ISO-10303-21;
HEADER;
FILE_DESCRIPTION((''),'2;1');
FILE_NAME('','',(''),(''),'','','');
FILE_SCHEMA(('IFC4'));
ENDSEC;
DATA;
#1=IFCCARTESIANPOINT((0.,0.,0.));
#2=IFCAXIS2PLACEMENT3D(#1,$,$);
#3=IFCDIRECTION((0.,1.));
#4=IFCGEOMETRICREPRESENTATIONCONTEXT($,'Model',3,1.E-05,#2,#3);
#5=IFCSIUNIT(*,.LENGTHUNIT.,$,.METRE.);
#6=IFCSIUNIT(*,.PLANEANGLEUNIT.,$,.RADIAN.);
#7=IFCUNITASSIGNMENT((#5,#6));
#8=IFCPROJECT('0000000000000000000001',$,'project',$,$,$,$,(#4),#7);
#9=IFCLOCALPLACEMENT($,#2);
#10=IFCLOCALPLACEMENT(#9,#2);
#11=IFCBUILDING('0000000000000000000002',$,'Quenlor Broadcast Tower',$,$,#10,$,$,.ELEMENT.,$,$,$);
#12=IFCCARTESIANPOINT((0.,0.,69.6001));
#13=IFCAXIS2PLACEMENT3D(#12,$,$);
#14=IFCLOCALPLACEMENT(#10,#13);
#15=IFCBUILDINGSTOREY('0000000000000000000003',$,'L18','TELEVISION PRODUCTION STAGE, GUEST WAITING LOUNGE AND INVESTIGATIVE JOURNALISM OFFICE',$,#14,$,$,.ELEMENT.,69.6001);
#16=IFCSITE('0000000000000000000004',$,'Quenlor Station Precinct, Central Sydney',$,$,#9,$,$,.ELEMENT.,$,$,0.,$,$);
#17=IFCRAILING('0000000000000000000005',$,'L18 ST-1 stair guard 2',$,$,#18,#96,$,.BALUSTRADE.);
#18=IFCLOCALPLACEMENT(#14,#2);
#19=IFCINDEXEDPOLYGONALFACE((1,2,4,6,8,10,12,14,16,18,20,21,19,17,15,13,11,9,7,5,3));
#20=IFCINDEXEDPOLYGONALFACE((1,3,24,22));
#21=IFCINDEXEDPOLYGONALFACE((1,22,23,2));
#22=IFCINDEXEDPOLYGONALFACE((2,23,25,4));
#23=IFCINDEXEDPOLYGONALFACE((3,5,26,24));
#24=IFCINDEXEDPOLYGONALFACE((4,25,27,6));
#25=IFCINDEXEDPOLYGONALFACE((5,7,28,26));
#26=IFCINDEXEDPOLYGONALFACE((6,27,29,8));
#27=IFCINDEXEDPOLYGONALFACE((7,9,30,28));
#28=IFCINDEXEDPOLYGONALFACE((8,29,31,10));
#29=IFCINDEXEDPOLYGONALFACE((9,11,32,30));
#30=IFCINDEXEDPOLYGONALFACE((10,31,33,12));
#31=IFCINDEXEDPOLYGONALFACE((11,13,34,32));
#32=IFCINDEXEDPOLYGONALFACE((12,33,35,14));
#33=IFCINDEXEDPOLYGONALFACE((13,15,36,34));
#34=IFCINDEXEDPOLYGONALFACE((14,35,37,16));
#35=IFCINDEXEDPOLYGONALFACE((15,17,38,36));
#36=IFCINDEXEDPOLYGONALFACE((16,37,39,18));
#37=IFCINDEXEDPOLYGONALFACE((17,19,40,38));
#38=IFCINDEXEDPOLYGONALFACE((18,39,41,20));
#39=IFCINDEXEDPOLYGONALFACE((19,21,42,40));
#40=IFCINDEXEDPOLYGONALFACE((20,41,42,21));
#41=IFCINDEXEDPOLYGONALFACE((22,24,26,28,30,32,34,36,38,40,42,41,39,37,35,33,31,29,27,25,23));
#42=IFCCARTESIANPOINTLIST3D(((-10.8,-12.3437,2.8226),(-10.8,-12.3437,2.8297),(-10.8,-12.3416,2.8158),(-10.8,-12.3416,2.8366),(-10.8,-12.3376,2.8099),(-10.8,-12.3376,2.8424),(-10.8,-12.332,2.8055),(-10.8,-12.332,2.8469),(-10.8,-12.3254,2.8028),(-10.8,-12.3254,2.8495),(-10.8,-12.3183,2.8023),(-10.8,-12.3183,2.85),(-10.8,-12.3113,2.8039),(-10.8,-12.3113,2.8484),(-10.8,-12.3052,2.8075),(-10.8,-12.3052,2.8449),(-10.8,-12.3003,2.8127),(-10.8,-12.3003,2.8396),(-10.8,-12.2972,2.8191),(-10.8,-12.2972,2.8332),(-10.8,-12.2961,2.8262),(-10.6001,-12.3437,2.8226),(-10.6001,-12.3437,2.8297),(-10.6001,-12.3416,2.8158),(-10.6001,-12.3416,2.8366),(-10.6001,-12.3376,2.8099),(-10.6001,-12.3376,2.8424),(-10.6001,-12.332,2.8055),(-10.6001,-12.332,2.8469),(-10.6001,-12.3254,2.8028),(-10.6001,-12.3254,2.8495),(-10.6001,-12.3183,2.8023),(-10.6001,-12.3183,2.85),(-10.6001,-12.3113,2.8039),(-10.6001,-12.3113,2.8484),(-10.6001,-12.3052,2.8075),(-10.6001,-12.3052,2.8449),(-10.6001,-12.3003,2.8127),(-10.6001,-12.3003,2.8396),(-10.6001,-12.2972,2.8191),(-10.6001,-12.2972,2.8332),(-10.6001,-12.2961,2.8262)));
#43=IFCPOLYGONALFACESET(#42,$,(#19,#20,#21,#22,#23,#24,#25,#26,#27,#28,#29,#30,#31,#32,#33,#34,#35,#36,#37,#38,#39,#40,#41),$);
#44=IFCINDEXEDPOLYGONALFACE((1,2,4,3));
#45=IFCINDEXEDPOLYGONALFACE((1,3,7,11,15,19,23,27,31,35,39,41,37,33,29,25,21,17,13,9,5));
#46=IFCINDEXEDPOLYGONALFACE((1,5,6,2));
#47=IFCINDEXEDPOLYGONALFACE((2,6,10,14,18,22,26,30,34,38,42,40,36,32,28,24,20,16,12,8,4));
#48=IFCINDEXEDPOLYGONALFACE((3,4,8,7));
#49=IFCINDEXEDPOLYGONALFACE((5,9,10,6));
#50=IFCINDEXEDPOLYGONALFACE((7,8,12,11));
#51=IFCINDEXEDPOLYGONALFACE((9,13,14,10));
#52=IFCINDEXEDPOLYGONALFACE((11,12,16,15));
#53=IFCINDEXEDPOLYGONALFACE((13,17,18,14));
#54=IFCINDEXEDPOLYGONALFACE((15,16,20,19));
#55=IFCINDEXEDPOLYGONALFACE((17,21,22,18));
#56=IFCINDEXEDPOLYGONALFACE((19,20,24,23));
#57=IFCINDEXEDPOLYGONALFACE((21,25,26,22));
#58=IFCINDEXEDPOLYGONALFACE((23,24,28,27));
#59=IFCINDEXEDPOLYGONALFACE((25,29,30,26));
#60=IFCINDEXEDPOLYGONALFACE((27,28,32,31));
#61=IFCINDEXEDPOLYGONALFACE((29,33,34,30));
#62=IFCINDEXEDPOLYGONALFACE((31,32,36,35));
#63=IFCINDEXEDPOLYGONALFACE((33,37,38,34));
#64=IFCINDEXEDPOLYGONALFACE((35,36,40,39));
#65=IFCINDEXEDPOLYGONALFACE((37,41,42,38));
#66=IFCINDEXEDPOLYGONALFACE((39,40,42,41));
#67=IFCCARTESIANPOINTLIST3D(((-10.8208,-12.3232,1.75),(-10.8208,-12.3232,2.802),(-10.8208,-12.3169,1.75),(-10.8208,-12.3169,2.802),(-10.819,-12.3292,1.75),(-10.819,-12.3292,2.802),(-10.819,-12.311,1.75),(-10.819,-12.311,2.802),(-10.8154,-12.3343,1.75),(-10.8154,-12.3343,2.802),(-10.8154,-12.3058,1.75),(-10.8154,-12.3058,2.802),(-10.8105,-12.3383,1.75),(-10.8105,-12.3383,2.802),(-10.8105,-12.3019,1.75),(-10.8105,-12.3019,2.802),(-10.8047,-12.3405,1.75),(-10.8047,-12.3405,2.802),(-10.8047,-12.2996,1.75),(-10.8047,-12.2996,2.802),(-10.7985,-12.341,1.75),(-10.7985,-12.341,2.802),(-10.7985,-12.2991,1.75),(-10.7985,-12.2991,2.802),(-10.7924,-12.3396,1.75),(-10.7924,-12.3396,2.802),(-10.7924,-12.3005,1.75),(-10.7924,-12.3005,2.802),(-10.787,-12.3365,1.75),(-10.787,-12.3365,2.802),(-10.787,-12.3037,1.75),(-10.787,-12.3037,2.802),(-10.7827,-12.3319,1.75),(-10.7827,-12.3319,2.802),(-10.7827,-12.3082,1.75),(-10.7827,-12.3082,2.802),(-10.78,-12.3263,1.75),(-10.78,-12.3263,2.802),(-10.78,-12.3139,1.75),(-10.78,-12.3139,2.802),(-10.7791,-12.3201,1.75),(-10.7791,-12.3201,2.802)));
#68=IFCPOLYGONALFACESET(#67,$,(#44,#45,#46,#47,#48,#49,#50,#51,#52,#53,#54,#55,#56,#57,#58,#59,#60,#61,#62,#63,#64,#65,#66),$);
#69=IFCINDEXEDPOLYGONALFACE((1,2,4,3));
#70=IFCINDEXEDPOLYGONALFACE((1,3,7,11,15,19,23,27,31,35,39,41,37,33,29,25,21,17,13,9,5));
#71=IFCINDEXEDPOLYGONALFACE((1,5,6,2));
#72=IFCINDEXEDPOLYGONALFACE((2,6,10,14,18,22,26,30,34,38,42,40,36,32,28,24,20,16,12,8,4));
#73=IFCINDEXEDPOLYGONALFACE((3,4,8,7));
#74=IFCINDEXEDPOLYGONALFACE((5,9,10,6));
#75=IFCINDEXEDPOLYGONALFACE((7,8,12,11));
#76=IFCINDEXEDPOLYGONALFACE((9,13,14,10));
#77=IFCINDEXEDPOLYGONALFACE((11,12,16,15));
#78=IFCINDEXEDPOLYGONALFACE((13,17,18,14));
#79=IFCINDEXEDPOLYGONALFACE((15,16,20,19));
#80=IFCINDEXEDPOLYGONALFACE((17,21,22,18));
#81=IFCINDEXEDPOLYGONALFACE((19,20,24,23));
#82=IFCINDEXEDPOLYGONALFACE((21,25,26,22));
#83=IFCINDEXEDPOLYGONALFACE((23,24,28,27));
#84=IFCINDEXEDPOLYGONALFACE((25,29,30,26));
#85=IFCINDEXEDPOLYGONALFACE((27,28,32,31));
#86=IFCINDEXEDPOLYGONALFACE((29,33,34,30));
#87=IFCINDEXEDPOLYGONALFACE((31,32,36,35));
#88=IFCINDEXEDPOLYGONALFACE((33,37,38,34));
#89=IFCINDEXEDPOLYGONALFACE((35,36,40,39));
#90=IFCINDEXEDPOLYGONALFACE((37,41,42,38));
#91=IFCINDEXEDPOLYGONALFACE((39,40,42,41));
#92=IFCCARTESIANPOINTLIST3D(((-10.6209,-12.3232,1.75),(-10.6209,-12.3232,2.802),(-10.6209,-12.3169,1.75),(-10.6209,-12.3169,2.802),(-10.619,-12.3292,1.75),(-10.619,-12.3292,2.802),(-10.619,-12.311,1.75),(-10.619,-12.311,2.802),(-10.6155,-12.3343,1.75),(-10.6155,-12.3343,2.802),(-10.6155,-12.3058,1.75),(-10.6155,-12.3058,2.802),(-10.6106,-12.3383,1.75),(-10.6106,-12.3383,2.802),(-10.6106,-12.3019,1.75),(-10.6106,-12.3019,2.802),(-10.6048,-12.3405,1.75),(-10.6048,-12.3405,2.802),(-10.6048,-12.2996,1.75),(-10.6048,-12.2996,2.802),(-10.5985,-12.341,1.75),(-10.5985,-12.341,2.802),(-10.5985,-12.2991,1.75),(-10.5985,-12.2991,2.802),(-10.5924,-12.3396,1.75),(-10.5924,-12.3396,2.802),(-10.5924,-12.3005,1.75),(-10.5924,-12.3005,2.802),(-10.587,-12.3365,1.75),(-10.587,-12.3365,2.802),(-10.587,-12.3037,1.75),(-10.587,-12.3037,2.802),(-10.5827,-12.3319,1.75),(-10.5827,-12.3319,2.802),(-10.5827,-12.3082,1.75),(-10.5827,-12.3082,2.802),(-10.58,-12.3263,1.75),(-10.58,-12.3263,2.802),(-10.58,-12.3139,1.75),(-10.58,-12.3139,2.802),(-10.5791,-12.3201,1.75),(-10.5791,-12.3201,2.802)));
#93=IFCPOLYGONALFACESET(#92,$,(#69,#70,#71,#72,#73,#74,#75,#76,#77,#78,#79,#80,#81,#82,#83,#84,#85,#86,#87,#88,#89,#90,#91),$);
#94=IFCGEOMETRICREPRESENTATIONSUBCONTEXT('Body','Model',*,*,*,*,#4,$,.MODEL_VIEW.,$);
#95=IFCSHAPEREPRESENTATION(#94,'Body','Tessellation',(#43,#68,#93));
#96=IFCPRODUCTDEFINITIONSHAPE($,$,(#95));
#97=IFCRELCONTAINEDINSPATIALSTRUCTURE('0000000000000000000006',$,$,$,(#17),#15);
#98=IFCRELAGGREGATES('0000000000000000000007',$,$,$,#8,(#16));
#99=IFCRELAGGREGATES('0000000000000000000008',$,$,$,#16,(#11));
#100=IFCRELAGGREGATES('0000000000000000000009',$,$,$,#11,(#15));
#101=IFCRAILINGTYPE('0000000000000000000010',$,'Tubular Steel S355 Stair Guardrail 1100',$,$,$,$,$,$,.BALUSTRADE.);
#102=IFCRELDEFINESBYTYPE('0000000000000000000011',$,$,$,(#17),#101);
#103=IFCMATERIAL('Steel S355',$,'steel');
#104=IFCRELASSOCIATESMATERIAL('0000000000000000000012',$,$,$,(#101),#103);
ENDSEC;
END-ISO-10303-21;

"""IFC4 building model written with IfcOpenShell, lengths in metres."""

from ifc_helpers import new_model, si_unit, direction, frame, origin, origin_2d, place, context, subcontext, project, spatial, circle, extrude, material, type_object, element, save


model = new_model("IFC4")

# Units and contexts
model_context = context("Model", 3, precision=1e-05, world=origin(), true_north=direction((0.0, 1.0)))
body_context = subcontext(model_context, "Body", "Model", "MODEL_VIEW")
ifc_project = project(units=[si_unit("LENGTHUNIT", "METRE"), si_unit("PLANEANGLEUNIT", "RADIAN")], contexts=[model_context])

# Site, building, storey
site_placement = place(None, origin())
site = spatial("IfcSite", under=ifc_project, at=site_placement, Name="Quenlor Station Precinct, Central Sydney", CompositionType="ELEMENT", RefElevation=0.0)
building_placement = place(site_placement, origin())
building = spatial("IfcBuilding", under=site, at=building_placement, Name="Quenlor Broadcast Tower", CompositionType="ELEMENT")
storey_placement = place(building_placement, frame((0.0, 0.0, 69.6001)))
storey = spatial("IfcBuildingStorey", under=building, at=storey_placement, Name="L18", Description="TELEVISION PRODUCTION STAGE, GUEST WAITING LOUNGE AND INVESTIGATIVE JOURNALISM OFFICE", CompositionType="ELEMENT", Elevation=69.6001)

# Railing
ifc_material_1 = material(Name="Steel S355", Category="steel")
railing_type_1 = type_object("IfcRailingType", Name="Tubular Steel S355 Stair Guardrail 1100", PredefinedType="BALUSTRADE", material=ifc_material_1)
railing_1_placement = place(storey_placement, frame((-10.8, -12.3201, 1.75)))
element("IfcRailing", 1, at=railing_1_placement, inside=storey, type_object=railing_type_1, Name="L18 ST-1 stair guard 2", PredefinedType="BALUSTRADE", context=body_context, shape_type="SweptSolid", body=[
    extrude(circle(Radius=0.0239, at=origin_2d()), frame((0.0, 0.0, 1.0762), z_axis=(1.0, 0.0, 0.0), x_axis=(0.0, 1.0, 0.0)), (0.0, 0.0, 1.0), 0.2),
    extrude(circle(Radius=0.021, at=origin_2d()), origin(), (0.0, 0.0, 1.0), 1.052),
    extrude(circle(Radius=0.021, at=origin_2d()), frame((0.2, 0.0, 0.0)), (0.0, 0.0, 1.0), 1.052),
])

save(model, "model.ifc")
